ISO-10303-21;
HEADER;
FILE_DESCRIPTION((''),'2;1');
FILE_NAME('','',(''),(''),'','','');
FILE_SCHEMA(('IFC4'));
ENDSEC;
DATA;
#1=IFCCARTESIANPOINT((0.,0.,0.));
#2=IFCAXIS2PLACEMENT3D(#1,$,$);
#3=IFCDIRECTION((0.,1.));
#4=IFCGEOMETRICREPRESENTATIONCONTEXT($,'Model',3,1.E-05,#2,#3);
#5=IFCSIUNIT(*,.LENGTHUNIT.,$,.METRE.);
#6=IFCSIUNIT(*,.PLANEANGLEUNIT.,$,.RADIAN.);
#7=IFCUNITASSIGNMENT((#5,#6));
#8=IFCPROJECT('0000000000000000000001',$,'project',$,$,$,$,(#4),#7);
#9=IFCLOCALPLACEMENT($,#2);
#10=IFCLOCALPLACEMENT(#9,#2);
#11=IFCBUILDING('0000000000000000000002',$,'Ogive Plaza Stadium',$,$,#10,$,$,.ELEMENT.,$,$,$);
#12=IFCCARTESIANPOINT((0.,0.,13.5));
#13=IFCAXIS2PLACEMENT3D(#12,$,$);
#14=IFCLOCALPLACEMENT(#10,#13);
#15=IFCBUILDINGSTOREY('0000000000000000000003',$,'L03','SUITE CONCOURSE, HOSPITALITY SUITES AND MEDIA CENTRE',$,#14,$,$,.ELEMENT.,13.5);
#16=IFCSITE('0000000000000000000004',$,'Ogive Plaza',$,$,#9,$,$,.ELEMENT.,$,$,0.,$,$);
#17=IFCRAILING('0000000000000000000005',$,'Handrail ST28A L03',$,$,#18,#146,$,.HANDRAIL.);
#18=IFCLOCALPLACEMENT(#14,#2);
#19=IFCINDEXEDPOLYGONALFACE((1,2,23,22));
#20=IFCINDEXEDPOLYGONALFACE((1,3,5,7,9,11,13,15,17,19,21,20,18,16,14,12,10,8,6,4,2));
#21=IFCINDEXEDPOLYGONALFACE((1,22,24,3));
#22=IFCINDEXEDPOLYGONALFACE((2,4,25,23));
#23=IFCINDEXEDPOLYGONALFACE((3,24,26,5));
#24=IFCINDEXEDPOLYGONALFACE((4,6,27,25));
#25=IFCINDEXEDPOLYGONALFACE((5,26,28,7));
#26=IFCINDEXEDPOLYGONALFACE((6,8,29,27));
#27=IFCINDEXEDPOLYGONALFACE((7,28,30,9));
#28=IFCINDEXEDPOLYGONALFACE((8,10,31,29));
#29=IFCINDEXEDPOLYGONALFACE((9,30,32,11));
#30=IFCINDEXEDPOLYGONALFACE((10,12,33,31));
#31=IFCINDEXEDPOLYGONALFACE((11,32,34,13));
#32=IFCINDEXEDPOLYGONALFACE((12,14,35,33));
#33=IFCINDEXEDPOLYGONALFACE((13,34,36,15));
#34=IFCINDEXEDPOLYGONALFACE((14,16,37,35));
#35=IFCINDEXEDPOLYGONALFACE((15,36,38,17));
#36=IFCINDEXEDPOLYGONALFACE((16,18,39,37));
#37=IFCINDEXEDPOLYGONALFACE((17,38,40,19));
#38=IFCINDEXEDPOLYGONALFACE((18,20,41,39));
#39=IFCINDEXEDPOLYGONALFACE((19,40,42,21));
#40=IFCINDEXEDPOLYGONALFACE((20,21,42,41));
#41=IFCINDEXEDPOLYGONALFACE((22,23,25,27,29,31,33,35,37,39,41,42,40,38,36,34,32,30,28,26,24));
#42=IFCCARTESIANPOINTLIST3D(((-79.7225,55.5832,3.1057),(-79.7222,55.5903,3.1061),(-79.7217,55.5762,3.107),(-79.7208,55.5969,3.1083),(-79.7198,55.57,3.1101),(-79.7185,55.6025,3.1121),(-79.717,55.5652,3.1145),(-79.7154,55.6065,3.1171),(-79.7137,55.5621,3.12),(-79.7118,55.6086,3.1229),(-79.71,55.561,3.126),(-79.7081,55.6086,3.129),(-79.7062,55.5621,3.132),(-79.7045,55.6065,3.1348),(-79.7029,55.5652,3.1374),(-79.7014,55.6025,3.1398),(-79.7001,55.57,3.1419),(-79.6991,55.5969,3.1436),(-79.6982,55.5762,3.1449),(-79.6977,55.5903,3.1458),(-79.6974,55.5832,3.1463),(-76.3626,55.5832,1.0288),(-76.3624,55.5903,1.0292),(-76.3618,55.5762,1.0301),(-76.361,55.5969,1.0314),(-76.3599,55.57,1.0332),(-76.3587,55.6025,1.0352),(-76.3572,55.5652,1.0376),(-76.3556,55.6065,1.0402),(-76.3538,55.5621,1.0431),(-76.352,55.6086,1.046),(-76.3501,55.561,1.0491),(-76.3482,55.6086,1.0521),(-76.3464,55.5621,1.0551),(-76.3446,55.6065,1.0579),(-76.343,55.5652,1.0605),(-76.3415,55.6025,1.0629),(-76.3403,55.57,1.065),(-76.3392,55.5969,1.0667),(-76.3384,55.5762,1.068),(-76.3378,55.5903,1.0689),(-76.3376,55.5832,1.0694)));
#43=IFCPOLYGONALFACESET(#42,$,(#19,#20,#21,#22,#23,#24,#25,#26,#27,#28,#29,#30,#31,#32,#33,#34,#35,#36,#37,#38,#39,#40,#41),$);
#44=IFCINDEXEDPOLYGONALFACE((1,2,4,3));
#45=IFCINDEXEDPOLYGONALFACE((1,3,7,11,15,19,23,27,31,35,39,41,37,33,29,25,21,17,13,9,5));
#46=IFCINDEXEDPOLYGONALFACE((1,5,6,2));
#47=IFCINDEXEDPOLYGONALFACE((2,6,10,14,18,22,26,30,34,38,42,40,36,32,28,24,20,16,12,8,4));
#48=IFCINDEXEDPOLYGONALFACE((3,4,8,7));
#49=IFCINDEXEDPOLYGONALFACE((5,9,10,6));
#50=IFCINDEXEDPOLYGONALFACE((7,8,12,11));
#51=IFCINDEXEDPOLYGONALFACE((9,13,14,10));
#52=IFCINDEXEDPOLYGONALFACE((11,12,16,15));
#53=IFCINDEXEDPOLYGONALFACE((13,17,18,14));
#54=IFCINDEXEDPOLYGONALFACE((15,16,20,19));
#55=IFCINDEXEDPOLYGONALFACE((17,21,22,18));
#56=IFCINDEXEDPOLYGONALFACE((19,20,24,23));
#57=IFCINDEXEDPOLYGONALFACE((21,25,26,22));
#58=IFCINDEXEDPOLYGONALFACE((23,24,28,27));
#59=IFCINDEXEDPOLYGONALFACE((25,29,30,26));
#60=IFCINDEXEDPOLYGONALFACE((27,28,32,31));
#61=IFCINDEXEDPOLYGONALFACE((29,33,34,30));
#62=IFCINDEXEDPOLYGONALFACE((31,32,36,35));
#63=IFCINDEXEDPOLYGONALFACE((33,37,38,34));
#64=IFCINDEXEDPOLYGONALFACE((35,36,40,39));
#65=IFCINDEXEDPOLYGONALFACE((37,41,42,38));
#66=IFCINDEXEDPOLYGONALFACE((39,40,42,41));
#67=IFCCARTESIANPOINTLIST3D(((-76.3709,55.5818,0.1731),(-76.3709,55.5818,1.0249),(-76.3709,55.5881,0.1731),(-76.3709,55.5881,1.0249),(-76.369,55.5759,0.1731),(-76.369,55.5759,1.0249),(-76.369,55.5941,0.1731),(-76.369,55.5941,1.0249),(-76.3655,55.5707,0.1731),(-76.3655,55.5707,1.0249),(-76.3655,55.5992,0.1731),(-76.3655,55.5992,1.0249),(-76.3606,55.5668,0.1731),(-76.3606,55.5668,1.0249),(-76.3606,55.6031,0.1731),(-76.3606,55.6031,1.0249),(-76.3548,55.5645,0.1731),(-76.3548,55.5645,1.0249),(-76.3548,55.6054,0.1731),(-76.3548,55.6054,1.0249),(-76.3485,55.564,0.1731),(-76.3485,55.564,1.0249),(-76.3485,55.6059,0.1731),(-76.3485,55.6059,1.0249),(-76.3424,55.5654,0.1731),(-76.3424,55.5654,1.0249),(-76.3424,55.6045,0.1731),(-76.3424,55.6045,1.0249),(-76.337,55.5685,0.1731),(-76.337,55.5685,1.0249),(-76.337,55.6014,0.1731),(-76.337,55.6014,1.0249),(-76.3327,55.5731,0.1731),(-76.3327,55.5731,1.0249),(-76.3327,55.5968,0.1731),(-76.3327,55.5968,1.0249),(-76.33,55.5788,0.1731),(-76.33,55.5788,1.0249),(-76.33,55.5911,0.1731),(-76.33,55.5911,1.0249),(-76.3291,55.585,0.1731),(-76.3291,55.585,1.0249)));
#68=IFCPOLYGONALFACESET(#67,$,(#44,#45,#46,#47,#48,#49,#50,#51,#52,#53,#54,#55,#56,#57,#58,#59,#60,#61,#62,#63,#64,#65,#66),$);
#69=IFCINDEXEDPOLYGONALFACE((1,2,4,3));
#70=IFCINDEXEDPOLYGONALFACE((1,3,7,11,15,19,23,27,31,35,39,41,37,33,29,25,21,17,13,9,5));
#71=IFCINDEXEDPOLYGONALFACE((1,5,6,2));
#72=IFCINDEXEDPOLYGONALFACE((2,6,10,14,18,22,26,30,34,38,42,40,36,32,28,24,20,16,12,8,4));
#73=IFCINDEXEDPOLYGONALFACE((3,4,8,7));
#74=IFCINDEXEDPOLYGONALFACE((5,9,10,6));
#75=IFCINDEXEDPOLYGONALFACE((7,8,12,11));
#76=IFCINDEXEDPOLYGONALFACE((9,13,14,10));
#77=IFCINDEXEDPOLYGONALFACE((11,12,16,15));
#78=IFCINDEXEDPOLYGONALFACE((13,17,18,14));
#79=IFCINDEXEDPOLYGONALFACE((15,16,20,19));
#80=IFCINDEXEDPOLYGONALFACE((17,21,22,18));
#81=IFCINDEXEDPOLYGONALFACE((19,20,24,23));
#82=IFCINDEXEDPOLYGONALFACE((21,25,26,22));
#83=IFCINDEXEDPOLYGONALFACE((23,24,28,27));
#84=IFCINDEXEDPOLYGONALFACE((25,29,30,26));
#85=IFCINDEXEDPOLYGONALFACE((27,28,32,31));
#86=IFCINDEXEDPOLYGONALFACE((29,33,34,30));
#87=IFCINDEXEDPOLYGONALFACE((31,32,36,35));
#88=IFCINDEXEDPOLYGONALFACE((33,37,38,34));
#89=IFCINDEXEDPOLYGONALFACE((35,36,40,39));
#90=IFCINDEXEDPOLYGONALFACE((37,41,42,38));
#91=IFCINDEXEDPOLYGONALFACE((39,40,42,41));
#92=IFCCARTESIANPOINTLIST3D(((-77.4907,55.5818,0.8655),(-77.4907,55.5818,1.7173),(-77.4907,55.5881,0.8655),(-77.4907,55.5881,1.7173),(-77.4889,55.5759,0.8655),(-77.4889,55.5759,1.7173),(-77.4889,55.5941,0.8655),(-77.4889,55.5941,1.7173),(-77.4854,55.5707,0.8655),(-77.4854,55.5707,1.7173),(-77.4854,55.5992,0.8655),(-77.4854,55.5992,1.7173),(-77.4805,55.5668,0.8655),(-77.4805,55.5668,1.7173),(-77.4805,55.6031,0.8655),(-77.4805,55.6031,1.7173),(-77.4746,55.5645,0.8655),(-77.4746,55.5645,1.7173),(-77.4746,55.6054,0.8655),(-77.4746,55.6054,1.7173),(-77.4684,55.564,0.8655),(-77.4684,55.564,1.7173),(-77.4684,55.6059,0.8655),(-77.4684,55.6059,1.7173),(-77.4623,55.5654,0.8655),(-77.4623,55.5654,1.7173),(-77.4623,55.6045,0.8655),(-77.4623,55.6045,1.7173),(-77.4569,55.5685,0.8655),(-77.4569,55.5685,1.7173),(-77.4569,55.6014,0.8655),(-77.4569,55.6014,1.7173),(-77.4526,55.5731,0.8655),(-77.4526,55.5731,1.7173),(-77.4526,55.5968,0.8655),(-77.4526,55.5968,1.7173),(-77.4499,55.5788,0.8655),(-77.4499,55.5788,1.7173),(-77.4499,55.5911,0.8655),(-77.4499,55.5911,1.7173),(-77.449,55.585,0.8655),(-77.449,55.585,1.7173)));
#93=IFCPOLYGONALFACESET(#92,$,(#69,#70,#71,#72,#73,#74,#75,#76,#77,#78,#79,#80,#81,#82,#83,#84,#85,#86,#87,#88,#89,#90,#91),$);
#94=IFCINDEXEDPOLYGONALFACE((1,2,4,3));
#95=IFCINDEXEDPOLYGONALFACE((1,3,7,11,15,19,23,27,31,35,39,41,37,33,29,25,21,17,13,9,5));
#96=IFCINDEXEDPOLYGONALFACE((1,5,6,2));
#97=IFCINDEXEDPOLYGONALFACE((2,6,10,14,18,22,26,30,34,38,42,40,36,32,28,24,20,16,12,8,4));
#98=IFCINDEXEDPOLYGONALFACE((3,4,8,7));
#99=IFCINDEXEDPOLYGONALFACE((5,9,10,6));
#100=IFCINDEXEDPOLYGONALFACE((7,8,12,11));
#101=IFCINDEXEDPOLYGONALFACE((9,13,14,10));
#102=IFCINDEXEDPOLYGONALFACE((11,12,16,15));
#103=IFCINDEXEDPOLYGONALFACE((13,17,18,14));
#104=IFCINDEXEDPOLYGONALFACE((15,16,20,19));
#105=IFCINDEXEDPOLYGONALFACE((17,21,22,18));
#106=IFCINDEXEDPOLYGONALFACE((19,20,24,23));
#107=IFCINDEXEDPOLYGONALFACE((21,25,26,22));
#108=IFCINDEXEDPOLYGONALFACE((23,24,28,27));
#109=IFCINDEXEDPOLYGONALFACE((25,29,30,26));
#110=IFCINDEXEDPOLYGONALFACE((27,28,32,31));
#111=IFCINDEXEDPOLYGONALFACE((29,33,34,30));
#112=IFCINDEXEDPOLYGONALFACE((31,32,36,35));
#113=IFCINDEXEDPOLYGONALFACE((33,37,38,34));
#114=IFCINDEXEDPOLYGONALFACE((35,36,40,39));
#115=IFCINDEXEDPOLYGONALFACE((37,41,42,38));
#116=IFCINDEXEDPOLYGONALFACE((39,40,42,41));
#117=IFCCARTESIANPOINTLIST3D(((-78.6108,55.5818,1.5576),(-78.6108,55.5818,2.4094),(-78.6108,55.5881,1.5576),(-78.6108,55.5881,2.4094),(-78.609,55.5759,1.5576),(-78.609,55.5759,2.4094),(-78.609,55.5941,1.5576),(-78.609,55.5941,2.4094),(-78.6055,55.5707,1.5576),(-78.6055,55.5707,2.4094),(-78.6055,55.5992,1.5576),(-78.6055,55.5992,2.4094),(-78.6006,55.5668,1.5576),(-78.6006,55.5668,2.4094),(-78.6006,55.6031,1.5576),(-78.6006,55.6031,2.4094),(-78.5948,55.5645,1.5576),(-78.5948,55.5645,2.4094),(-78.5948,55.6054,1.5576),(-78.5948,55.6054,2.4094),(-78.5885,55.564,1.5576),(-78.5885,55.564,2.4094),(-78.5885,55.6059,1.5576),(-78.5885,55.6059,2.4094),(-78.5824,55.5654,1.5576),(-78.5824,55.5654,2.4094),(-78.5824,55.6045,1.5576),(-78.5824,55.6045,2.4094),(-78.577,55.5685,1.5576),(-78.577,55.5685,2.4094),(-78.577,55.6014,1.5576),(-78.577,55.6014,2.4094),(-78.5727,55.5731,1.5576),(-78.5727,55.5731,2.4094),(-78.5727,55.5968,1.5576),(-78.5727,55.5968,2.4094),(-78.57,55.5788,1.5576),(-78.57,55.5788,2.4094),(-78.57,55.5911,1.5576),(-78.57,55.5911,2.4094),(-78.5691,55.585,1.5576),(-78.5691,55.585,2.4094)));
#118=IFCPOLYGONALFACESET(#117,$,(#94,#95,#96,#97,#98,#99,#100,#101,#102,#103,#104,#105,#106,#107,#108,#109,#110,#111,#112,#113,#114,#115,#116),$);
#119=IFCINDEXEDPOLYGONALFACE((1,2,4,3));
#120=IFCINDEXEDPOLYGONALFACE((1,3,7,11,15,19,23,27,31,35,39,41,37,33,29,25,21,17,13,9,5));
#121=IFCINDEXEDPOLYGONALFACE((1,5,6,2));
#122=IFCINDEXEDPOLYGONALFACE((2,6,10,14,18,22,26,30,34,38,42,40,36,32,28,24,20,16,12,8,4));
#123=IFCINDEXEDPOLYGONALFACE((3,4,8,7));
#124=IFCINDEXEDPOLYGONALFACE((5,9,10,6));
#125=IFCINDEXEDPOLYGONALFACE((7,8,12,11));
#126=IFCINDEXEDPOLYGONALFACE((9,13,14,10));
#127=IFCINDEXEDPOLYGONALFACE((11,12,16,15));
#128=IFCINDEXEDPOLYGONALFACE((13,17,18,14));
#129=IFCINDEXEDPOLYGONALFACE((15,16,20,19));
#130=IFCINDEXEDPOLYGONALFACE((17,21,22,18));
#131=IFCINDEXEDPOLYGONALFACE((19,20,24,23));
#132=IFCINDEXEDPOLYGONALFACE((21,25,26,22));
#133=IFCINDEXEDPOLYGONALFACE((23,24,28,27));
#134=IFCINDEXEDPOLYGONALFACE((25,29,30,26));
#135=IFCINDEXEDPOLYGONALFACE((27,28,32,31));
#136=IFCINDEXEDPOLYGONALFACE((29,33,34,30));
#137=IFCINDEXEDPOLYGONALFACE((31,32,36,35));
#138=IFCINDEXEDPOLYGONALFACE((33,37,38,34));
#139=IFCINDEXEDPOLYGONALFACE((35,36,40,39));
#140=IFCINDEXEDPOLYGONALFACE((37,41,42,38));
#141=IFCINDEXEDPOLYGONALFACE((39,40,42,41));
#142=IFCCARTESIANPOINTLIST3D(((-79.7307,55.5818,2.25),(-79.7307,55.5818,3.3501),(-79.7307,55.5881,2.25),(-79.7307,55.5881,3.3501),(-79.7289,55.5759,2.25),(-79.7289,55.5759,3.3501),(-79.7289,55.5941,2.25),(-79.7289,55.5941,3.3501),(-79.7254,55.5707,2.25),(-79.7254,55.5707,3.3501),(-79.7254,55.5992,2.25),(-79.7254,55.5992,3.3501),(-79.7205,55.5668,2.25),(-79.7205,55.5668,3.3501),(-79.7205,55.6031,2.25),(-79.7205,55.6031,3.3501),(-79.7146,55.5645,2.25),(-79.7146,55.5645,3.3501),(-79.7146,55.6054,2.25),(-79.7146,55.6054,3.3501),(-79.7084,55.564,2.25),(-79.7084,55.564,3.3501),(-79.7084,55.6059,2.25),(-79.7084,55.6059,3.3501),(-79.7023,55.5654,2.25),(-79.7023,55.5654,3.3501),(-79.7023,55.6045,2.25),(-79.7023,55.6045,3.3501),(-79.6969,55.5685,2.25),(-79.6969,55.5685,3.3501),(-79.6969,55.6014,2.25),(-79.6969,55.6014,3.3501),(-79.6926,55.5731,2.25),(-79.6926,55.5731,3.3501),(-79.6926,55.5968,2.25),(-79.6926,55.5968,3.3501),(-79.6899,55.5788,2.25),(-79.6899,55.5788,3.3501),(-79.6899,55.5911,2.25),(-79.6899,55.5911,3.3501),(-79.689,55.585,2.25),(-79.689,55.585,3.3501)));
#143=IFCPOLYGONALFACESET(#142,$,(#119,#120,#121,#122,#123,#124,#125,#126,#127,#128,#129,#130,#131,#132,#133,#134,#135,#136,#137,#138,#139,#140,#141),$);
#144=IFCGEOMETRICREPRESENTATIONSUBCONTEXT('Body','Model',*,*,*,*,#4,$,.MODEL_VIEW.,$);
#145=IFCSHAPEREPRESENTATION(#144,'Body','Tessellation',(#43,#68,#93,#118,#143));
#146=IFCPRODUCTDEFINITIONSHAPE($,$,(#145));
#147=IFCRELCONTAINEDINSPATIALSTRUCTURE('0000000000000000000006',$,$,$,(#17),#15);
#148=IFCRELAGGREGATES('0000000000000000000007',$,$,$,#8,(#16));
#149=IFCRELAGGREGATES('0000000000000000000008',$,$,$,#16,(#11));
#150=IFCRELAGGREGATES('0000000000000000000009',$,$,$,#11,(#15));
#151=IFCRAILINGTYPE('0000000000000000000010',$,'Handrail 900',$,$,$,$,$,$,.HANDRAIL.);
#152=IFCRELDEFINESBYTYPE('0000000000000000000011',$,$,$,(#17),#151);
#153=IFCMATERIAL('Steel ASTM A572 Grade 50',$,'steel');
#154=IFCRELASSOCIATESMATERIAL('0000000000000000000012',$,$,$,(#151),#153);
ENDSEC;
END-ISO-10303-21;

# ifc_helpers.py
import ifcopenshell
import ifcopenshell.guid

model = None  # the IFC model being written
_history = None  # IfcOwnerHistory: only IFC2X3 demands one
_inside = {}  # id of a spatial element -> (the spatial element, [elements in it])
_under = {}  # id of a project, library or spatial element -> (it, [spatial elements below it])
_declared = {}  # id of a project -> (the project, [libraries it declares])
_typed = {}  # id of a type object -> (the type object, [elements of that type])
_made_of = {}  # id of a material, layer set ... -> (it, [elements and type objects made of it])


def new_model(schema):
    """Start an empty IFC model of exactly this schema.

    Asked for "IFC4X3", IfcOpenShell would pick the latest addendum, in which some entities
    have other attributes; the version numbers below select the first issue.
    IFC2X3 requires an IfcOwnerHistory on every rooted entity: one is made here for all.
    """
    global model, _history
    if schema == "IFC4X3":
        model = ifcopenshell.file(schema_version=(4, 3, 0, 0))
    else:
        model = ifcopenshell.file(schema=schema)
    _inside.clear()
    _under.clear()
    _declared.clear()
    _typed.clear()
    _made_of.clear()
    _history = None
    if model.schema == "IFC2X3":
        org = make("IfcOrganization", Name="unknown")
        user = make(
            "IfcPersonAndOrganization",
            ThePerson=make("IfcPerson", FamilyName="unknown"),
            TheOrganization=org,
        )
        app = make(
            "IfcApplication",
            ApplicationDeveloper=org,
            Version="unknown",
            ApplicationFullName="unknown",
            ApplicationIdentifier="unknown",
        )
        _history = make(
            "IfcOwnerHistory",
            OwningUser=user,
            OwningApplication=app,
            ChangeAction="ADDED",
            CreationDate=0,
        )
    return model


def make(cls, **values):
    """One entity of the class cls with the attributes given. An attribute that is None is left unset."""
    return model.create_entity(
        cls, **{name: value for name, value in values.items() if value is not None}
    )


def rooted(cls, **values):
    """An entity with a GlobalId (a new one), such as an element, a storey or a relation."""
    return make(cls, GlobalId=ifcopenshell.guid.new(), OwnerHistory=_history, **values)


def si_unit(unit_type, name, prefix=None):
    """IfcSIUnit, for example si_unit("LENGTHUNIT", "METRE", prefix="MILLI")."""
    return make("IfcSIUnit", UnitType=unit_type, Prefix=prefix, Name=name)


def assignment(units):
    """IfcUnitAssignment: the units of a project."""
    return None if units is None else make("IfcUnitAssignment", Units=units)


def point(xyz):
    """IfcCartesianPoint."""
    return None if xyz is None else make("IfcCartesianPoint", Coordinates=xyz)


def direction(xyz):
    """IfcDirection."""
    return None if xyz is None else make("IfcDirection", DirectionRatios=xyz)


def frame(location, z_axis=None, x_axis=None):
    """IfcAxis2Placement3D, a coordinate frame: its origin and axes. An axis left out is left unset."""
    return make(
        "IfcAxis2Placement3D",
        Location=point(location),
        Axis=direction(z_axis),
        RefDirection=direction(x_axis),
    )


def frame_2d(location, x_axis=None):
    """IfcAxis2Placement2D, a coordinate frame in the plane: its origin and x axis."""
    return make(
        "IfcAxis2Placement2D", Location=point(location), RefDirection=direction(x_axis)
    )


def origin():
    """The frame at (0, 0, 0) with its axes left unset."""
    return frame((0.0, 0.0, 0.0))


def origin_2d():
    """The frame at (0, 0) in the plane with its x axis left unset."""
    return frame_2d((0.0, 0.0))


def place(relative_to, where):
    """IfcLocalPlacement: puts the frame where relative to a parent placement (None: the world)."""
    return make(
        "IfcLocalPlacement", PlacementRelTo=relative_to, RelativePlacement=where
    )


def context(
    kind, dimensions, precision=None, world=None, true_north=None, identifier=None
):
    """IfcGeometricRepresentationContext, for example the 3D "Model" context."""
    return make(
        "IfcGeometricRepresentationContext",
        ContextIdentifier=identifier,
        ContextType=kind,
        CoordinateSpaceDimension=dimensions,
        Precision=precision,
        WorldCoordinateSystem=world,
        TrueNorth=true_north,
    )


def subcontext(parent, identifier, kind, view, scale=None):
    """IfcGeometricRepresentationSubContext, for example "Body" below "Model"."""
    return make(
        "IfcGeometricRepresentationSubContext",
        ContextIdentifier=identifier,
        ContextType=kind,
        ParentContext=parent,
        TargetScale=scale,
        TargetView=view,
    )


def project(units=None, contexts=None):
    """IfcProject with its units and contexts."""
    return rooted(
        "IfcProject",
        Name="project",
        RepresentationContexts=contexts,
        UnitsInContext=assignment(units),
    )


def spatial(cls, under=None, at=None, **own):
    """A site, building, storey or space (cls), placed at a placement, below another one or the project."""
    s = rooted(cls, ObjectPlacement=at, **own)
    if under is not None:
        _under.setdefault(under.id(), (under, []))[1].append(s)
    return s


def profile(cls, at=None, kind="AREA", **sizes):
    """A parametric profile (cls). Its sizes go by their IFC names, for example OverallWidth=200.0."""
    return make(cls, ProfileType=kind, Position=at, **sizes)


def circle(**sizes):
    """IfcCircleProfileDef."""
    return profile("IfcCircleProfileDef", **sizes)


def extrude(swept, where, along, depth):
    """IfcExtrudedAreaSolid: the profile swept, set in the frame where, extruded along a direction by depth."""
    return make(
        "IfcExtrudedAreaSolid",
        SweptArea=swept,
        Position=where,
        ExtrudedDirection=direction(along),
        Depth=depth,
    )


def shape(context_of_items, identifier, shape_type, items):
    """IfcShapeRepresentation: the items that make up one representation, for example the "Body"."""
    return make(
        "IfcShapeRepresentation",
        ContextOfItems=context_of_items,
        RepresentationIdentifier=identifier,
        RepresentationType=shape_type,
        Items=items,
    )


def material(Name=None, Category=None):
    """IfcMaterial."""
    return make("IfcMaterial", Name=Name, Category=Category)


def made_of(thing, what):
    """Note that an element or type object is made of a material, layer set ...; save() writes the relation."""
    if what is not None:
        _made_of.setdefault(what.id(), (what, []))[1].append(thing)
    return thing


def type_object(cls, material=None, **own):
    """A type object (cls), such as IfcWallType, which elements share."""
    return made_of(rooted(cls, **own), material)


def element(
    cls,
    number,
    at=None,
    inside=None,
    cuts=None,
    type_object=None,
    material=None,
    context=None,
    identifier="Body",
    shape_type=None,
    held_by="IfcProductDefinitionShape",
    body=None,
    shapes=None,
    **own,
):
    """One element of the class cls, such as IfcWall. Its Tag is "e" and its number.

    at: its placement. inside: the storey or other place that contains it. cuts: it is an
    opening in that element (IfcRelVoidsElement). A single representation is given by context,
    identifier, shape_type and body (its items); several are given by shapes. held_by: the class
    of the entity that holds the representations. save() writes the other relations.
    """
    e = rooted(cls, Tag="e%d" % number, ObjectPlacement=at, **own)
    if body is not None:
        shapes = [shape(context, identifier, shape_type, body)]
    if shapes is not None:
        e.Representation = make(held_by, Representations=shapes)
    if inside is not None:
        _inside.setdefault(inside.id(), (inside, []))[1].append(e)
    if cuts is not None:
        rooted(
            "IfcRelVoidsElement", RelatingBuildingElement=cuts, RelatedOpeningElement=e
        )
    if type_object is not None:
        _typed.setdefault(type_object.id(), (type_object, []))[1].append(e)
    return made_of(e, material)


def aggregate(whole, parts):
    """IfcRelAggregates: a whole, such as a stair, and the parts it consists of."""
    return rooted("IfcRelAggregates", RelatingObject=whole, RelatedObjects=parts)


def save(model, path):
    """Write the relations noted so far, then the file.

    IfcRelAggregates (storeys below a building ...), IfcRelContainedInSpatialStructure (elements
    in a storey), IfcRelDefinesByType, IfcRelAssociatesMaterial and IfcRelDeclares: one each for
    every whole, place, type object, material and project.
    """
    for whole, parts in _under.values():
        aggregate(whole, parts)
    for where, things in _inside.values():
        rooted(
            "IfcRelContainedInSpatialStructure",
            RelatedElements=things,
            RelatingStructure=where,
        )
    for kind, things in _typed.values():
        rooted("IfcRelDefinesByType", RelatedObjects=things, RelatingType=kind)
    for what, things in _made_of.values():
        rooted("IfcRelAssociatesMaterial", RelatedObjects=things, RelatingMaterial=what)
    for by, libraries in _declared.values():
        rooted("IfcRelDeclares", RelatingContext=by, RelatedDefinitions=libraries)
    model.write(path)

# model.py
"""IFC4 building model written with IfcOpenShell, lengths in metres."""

from ifc_helpers import new_model, si_unit, direction, frame, origin, origin_2d, place, context, subcontext, project, spatial, circle, extrude, material, type_object, element, save


model = new_model("IFC4")

# Units and contexts
model_context = context("Model", 3, precision=1e-05, world=origin(), true_north=direction((0.0, 1.0)))
body_context = subcontext(model_context, "Body", "Model", "MODEL_VIEW")
ifc_project = project(units=[si_unit("LENGTHUNIT", "METRE"), si_unit("PLANEANGLEUNIT", "RADIAN")], contexts=[model_context])

# Site, building, storey
site_placement = place(None, origin())
site = spatial("IfcSite", under=ifc_project, at=site_placement, Name="Ogive Plaza", CompositionType="ELEMENT", RefElevation=0.0)
building_placement = place(site_placement, origin())
building = spatial("IfcBuilding", under=site, at=building_placement, Name="Ogive Plaza Stadium", CompositionType="ELEMENT")
storey_placement = place(building_placement, frame((0.0, 0.0, 13.5)))
storey = spatial("IfcBuildingStorey", under=building, at=storey_placement, Name="L03", Description="SUITE CONCOURSE, HOSPITALITY SUITES AND MEDIA CENTRE", CompositionType="ELEMENT", Elevation=13.5)

# Railing
ifc_material_1 = material(Name="Steel ASTM A572 Grade 50", Category="steel")
railing_type_1 = type_object("IfcRailingType", Name="Handrail 900", PredefinedType="HANDRAIL", material=ifc_material_1)
railing_placement = place(storey_placement, frame((-76.3501, 55.585, 0.1731)))
element("IfcRailing", 1, at=railing_placement, inside=storey, type_object=railing_type_1, Name="Handrail ST28A L03", PredefinedType="HANDRAIL", context=body_context, shape_type="SweptSolid", body=[
    extrude(circle(Radius=0.0239, at=origin_2d()), frame((0.0, 0.0, 0.876), z_axis=(-0.850606, 0.0, 0.525803), x_axis=(0.0, -1.0, 0.0)), (0.0, 0.0, 1.0), 3.95),
    extrude(circle(Radius=0.021, at=origin_2d()), origin(), (0.0, 0.0, 1.0), 0.8518),
    extrude(circle(Radius=0.021, at=origin_2d()), frame((-1.1199, 0.0, 0.6924)), (0.0, 0.0, 1.0), 0.8518),
    extrude(circle(Radius=0.021, at=origin_2d()), frame((-2.24, 0.0, 1.3845)), (0.0, 0.0, 1.0), 0.8518),
    extrude(circle(Radius=0.021, at=origin_2d()), frame((-3.3599, 0.0, 2.0769)), (0.0, 0.0, 1.0), 1.1001),
])

save(model, "model.ifc")
